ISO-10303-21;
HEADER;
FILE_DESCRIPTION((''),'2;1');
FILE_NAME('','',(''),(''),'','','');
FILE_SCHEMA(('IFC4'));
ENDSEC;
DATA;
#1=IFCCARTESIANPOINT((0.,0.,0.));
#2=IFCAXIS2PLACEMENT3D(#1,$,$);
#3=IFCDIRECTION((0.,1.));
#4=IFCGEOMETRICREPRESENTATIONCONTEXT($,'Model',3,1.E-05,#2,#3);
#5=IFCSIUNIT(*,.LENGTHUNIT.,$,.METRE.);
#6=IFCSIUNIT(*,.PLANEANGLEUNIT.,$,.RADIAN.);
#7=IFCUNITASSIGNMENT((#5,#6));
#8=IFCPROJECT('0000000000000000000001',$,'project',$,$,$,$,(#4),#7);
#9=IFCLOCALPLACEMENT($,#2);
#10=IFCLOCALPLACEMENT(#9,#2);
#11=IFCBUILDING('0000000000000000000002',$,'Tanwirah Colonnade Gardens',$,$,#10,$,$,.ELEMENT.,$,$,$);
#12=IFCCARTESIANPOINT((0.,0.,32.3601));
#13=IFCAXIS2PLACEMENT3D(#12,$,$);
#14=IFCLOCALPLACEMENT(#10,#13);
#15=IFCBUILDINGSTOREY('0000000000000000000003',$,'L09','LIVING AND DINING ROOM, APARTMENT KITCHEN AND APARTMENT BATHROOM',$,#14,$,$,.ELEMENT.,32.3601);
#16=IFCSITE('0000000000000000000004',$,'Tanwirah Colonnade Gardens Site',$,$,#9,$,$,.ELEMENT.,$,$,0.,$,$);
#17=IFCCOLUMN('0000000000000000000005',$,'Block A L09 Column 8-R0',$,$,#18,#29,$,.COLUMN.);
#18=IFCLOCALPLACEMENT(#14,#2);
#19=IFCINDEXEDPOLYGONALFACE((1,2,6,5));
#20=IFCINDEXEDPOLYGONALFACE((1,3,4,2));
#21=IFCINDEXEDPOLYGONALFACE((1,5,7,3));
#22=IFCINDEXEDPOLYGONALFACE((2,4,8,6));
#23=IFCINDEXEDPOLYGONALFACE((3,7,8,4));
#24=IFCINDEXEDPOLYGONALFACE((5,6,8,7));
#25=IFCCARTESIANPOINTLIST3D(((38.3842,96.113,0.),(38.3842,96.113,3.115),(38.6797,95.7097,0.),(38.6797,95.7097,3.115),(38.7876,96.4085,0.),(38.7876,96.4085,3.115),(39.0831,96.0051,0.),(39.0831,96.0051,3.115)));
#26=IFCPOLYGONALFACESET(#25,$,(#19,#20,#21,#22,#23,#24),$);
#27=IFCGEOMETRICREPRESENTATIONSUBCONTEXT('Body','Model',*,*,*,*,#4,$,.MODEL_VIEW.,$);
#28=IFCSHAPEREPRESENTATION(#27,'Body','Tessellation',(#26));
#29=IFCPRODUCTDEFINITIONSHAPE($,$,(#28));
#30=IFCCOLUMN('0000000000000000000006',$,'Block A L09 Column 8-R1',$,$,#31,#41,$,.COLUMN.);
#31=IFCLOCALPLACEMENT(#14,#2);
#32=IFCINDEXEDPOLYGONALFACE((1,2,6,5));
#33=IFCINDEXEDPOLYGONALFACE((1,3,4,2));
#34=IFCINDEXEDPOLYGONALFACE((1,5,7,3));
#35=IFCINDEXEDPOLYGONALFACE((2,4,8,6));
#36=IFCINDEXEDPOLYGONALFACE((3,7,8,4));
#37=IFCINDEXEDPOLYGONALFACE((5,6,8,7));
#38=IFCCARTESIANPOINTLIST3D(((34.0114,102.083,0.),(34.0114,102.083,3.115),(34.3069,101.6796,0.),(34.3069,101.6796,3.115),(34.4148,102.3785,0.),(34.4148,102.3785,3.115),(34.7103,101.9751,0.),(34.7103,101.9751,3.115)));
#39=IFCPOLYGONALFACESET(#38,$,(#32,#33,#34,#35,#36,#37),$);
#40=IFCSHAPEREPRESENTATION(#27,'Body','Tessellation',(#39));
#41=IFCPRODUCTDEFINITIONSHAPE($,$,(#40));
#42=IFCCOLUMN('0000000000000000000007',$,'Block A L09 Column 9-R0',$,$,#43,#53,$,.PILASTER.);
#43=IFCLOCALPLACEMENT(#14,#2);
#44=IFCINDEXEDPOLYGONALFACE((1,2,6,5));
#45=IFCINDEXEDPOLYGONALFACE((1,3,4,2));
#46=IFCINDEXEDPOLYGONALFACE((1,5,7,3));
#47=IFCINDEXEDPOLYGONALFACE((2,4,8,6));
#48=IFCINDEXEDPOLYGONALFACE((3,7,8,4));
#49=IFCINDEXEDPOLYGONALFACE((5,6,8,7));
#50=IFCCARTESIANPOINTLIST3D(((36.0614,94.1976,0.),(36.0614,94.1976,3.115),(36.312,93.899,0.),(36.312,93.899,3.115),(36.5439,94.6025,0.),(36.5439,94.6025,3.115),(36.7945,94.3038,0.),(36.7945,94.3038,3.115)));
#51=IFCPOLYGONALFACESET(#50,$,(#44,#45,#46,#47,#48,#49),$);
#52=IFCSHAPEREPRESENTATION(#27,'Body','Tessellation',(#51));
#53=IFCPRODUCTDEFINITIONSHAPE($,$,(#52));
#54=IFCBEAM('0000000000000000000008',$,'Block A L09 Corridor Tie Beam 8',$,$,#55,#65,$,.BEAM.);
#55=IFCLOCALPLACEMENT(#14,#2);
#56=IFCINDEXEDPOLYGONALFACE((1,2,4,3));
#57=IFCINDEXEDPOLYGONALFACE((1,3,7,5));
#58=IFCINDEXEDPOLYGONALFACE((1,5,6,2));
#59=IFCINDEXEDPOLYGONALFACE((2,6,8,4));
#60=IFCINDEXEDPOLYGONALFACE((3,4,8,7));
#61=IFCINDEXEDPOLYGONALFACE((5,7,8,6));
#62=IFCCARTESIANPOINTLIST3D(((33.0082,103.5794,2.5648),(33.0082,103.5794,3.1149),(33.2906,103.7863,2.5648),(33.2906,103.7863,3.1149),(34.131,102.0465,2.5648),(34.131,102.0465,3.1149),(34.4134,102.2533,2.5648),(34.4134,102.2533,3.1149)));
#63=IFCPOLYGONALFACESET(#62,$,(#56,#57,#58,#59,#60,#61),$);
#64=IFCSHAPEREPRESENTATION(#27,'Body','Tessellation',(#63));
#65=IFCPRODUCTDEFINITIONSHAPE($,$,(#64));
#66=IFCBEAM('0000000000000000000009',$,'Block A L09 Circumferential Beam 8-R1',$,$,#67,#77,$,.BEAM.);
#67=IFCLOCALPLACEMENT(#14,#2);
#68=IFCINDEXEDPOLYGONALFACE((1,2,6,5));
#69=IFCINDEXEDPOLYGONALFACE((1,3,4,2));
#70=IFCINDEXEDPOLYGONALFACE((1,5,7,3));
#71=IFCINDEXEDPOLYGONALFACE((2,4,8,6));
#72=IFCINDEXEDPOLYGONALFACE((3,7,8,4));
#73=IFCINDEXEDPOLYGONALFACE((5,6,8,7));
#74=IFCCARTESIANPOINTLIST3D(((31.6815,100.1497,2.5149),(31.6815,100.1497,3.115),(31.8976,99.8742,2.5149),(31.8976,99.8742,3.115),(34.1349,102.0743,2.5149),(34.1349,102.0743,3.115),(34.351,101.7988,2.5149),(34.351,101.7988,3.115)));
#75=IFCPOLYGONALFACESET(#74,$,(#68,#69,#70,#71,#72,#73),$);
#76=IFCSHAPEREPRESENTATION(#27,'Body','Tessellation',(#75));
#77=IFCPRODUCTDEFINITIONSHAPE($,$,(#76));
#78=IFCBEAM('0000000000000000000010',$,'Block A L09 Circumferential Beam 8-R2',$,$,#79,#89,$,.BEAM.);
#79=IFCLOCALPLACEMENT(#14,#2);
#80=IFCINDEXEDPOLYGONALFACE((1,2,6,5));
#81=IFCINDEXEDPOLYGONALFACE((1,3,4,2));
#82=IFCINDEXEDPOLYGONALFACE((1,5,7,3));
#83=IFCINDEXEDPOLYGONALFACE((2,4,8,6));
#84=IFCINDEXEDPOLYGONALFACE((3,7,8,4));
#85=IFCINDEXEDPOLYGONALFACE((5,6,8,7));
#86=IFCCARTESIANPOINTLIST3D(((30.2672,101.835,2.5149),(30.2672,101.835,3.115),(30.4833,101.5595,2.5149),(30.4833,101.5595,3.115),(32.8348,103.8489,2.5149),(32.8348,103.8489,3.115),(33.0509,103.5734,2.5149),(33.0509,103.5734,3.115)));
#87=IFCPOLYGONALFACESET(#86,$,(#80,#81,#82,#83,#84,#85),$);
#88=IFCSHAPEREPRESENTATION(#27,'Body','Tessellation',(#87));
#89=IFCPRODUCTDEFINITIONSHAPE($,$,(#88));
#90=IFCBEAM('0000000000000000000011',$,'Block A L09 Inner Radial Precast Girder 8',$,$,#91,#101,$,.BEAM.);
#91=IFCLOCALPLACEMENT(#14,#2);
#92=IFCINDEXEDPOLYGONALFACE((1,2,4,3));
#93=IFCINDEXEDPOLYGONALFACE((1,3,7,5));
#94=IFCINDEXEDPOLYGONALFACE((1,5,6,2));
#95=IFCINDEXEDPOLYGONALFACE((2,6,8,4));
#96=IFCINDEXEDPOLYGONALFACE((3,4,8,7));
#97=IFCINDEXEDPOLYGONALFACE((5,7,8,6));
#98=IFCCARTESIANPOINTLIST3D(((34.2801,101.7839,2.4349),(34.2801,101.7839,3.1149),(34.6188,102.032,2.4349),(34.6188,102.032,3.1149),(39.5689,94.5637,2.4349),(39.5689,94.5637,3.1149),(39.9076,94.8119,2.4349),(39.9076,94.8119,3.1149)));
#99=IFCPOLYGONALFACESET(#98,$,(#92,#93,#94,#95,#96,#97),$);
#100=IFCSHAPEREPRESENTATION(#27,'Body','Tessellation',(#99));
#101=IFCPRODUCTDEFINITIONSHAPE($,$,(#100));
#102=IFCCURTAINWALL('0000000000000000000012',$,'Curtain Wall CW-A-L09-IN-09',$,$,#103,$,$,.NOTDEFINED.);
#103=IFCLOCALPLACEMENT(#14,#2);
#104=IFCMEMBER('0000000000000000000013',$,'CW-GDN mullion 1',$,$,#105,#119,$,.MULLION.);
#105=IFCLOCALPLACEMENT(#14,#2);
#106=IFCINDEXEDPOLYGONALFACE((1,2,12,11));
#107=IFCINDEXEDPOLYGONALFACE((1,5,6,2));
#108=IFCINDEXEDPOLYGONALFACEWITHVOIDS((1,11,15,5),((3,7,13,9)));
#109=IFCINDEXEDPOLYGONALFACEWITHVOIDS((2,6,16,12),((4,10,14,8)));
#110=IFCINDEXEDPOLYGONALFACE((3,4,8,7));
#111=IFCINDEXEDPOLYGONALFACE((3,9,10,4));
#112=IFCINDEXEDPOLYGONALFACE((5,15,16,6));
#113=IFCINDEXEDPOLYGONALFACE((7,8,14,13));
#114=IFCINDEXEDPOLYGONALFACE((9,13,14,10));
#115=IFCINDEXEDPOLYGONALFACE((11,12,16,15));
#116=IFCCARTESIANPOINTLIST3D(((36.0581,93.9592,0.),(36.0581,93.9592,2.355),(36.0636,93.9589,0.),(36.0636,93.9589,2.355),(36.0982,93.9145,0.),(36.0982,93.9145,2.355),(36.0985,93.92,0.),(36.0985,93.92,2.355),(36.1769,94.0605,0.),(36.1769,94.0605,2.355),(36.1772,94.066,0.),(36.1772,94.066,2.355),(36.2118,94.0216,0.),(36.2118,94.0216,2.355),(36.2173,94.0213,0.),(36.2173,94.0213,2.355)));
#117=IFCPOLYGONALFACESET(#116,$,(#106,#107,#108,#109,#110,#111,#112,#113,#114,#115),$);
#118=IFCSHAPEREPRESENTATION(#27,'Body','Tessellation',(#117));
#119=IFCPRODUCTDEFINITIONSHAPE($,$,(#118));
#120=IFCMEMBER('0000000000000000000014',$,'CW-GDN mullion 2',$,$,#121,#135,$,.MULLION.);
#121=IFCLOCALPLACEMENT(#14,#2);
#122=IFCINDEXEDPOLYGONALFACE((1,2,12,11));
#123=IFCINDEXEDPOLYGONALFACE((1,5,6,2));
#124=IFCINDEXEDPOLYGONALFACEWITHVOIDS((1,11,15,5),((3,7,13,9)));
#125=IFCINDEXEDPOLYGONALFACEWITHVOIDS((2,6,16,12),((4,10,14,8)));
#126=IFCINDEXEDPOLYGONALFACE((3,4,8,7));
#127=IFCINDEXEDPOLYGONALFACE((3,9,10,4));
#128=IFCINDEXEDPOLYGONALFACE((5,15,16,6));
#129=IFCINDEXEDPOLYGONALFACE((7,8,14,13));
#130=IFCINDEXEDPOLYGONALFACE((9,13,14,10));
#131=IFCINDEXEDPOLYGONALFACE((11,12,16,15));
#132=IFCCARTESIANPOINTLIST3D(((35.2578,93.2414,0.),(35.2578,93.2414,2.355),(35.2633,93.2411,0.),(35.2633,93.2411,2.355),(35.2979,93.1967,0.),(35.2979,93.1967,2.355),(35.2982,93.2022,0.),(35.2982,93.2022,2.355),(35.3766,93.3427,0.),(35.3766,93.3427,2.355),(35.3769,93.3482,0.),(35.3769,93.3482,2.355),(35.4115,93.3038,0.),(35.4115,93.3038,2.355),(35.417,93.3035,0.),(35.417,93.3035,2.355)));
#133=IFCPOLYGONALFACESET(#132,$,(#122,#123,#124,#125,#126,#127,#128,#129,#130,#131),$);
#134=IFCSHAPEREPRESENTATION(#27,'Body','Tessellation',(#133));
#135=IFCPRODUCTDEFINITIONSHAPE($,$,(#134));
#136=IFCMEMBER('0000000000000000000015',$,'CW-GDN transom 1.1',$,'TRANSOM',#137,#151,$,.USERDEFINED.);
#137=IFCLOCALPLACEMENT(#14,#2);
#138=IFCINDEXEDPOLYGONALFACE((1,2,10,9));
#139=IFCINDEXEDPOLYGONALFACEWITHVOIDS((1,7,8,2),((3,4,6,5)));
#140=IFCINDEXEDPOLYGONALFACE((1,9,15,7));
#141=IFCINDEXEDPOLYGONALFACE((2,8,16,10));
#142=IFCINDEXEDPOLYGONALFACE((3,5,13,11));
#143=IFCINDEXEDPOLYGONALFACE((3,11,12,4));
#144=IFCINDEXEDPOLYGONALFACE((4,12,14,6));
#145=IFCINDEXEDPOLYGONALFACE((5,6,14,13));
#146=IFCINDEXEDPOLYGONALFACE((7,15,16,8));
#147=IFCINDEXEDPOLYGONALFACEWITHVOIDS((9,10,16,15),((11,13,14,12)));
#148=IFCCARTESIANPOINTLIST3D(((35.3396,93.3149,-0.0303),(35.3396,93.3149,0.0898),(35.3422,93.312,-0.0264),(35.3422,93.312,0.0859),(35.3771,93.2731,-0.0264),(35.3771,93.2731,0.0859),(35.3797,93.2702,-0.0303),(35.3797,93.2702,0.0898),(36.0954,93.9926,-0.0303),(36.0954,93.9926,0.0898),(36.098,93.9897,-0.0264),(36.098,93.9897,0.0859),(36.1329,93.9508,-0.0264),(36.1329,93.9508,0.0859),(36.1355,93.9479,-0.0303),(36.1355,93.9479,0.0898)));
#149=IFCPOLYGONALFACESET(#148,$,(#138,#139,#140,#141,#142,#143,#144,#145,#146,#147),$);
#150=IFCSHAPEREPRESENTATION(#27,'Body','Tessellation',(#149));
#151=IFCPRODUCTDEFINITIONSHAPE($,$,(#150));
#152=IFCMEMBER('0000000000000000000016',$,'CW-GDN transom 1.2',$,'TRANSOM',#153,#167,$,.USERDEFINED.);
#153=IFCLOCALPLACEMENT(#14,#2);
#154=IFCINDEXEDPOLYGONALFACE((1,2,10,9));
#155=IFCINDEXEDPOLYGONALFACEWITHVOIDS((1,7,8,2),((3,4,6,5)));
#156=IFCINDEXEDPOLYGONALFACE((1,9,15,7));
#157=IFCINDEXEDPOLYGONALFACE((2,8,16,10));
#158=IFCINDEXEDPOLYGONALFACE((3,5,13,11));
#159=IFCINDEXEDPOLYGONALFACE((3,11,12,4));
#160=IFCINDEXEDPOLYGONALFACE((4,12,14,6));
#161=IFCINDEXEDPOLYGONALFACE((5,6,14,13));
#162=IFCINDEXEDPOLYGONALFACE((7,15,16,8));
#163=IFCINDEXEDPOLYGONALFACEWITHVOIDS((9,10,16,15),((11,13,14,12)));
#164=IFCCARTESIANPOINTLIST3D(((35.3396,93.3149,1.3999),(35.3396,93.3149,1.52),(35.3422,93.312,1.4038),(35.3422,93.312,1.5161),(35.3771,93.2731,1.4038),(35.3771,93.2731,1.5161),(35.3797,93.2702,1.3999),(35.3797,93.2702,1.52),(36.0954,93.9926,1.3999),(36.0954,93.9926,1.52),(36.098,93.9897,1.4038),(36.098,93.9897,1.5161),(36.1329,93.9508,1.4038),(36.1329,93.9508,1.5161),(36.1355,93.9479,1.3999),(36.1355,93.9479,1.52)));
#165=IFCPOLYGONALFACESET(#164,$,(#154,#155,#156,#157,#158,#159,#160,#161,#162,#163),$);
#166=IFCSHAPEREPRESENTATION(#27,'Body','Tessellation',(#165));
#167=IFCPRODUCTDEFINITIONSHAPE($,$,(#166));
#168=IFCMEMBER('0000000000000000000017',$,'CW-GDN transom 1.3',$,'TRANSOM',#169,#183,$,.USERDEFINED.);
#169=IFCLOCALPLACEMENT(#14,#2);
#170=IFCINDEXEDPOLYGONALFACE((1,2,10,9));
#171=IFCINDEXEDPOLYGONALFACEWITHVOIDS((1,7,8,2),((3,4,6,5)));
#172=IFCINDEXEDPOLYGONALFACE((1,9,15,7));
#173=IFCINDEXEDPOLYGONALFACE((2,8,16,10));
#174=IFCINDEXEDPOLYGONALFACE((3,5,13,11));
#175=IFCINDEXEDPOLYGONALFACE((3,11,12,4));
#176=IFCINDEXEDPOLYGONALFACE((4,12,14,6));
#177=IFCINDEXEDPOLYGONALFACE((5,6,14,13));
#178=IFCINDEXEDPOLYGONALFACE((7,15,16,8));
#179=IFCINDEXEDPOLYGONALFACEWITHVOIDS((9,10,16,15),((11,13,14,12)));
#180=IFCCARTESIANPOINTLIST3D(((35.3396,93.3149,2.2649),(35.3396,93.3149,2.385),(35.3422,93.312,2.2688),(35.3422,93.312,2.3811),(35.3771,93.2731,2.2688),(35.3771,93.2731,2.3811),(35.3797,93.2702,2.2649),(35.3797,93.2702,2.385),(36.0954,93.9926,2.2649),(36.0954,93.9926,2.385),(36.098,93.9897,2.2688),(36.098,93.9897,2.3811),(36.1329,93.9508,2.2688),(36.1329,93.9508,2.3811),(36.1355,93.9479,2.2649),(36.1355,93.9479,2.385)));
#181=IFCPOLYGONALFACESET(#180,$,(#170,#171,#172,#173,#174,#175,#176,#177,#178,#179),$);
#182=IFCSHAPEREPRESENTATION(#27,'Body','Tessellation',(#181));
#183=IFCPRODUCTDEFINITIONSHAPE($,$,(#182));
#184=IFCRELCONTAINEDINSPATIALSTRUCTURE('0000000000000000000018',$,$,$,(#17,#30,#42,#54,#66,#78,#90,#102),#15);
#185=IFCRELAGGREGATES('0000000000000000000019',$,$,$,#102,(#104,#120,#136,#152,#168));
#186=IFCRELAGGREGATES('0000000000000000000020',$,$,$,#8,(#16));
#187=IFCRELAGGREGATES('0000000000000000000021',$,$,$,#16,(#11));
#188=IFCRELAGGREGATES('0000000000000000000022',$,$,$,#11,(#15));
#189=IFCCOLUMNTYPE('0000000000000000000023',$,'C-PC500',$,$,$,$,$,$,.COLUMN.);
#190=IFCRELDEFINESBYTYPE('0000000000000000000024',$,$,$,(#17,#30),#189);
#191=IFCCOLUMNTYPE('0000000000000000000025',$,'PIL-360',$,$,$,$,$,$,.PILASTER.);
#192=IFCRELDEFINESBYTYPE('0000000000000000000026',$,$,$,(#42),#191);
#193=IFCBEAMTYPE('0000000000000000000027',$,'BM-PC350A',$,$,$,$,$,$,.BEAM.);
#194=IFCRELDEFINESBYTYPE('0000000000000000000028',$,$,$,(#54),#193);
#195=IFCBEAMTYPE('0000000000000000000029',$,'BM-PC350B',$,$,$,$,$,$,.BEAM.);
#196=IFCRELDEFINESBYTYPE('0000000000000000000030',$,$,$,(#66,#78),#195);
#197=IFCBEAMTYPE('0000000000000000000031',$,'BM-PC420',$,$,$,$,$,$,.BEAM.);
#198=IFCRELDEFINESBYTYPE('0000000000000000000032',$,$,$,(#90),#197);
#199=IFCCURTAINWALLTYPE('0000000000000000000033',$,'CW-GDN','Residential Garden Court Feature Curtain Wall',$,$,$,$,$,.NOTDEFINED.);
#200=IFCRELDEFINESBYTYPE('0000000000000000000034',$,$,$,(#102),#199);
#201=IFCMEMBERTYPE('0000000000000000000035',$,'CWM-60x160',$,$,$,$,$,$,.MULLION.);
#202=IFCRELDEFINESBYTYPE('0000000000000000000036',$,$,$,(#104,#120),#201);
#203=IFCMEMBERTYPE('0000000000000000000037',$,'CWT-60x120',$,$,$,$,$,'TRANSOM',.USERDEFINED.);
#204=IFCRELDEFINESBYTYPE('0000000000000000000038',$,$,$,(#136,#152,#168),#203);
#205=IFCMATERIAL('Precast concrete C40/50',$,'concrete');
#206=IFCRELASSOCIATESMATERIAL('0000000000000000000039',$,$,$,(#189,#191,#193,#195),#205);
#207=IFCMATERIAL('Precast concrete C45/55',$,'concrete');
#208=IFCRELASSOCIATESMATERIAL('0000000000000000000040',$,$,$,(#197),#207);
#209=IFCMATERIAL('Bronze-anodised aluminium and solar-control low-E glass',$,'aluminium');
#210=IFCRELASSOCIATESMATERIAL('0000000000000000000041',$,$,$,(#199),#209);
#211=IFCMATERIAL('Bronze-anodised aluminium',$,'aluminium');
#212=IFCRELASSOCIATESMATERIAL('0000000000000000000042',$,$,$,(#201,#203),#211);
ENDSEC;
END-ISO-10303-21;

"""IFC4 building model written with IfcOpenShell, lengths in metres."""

from ifc_helpers import new_model, si_unit, direction, frame, origin, origin_2d, place, context, subcontext, project, spatial, rectangle, hollow_rectangle, extrude, material, material_profile, profile_set, type_object, element, aggregate, save


model = new_model("IFC4")

# Units and contexts
model_context = context("Model", 3, precision=1e-05, world=origin(), true_north=direction((0.0, 1.0)))
body_context = subcontext(model_context, "Body", "Model", "MODEL_VIEW")
ifc_project = project(units=[si_unit("LENGTHUNIT", "METRE"), si_unit("PLANEANGLEUNIT", "RADIAN")], contexts=[model_context])

# Site, building, storey
site_placement = place(None, origin())
site = spatial("IfcSite", under=ifc_project, at=site_placement, Name="Tanwirah Colonnade Gardens Site", CompositionType="ELEMENT", RefElevation=0.0)
building_placement = place(site_placement, origin())
building = spatial("IfcBuilding", under=site, at=building_placement, Name="Tanwirah Colonnade Gardens", CompositionType="ELEMENT")
storey_placement = place(building_placement, frame((0.0, 0.0, 32.3601)))
storey = spatial("IfcBuildingStorey", under=building, at=storey_placement, Name="L09", Description="LIVING AND DINING ROOM, APARTMENT KITCHEN AND APARTMENT BATHROOM", CompositionType="ELEMENT", Elevation=32.3601)

# Columns
ifc_material_1 = material(Name="Precast concrete C40/50", Category="concrete")
ifc_material_profile_1 = material_profile(ifc_material_1, rectangle(XDim=0.5, YDim=0.5, at=origin_2d()), Name="PC-COL 500x500")
ifc_profile_set_1 = profile_set([ifc_material_profile_1], Name="Precast concrete C40/50")
column_type_1 = type_object("IfcColumnType", Name="C-PC500", PredefinedType="COLUMN", material=ifc_profile_set_1)
for number, where, z_axis, x_axis, name in (
    (1, (38.7336, 96.0591, 0.0), (0.0, 0.0, 1.0), (-0.590919, 0.806731, 0.0), "Block A L09 Column 8-R0"),
    (2, (34.3608, 102.0291, 0.0), (0.0, 0.0, 1.0), (-0.590919, 0.806731, 0.0), "Block A L09 Column 8-R1"),
):
    element("IfcColumn", number, at=place(storey_placement, frame(where, z_axis=z_axis, x_axis=x_axis)), inside=storey, type_object=column_type_1, Name=name, PredefinedType="COLUMN", context=body_context, shape_type="SweptSolid", body=[
        extrude(rectangle(XDim=0.5, YDim=0.5, at=origin_2d()), origin(), (0.0, 0.0, 1.0), 3.115),
    ])
ifc_material_profile_2 = material_profile(ifc_material_1, rectangle(XDim=0.3899, YDim=0.6299, at=origin_2d()), Name="PC-PIL 390x630")
ifc_profile_set_2 = profile_set([ifc_material_profile_2], Name="Precast concrete C40/50")
column_type_2 = type_object("IfcColumnType", Name="PIL-360", PredefinedType="PILASTER", material=ifc_profile_set_2)
column_placement = place(storey_placement, frame((36.428, 94.2507, 0.0), z_axis=(0.0, 0.0, 1.0), x_axis=(-0.642788, 0.766044, 0.0)))
element("IfcColumn", 3, at=column_placement, inside=storey, type_object=column_type_2, Name="Block A L09 Column 9-R0", PredefinedType="PILASTER", context=body_context, shape_type="SweptSolid", body=[
    extrude(rectangle(XDim=0.3899, YDim=0.6299, at=origin_2d()), origin(), (0.0, 0.0, 1.0), 3.115),
])

# Beams
ifc_material_profile_3 = material_profile(ifc_material_1, rectangle(XDim=0.3501, YDim=0.55, at=origin_2d()), Name="PC-BM 350x550")
ifc_profile_set_3 = profile_set([ifc_material_profile_3], Name="Precast concrete C40/50")
beam_type_1 = type_object("IfcBeamType", Name="BM-PC350A", PredefinedType="BEAM", material=ifc_profile_set_3)
beam_1_placement = place(storey_placement, frame((34.2722, 102.1499, 2.8398), z_axis=(-0.590896, 0.806748, 0.0), x_axis=(-0.806748, -0.590896, 0.0)))
element("IfcBeam", 4, at=beam_1_placement, inside=storey, type_object=beam_type_1, Name="Block A L09 Corridor Tie Beam 8", PredefinedType="BEAM", context=body_context, shape_type="SweptSolid", body=[
    extrude(rectangle(XDim=0.3501, YDim=0.55, at=origin_2d()), origin(), (0.0, 0.0, 1.0), 1.9001),
])
ifc_material_profile_4 = material_profile(ifc_material_1, rectangle(XDim=0.3501, YDim=0.6001, at=origin_2d()), Name="PC-BM 350x600")
ifc_profile_set_4 = profile_set([ifc_material_profile_4], Name="Precast concrete C40/50")
beam_type_2 = type_object("IfcBeamType", Name="BM-PC350B", PredefinedType="BEAM", material=ifc_profile_set_4)
beam_2_placement = place(storey_placement, frame((34.2429, 101.9365, 2.8149), z_axis=(-0.786799, -0.617209, 0.0), x_axis=(0.617209, -0.786799, 0.0)))
element("IfcBeam", 5, at=beam_2_placement, inside=storey, type_object=beam_type_2, Name="Block A L09 Circumferential Beam 8-R1", PredefinedType="BEAM", context=body_context, shape_type="SweptSolid", body=[
    extrude(rectangle(XDim=0.3501, YDim=0.6001, at=origin_2d()), origin(), (0.0, 0.0, 1.0), 3.1182),
])
beam_3_placement = place(storey_placement, frame((32.9429, 103.7112, 2.8149), z_axis=(-0.78684, -0.617157, 0.0), x_axis=(0.617157, -0.78684, 0.0)))
element("IfcBeam", 6, at=beam_3_placement, inside=storey, type_object=beam_type_2, Name="Block A L09 Circumferential Beam 8-R2", PredefinedType="BEAM", context=body_context, shape_type="SweptSolid", body=[
    extrude(rectangle(XDim=0.3501, YDim=0.6001, at=origin_2d()), origin(), (0.0, 0.0, 1.0), 3.2632),
])
ifc_material_2 = material(Name="Precast concrete C45/55", Category="concrete")
ifc_material_profile_5 = material_profile(ifc_material_2, rectangle(XDim=0.4199, YDim=0.6799, at=origin_2d()), Name="PC-BM 420x680")
ifc_profile_set_5 = profile_set([ifc_material_profile_5], Name="Precast concrete C45/55")
beam_type_3 = type_object("IfcBeamType", Name="BM-PC420", PredefinedType="BEAM", material=ifc_profile_set_5)
beam_4_placement = place(storey_placement, frame((34.4495, 101.908, 2.7749), z_axis=(0.590927, -0.806725, 0.0), x_axis=(0.806725, 0.590927, 0.0)))
element("IfcBeam", 7, at=beam_4_placement, inside=storey, type_object=beam_type_3, Name="Block A L09 Inner Radial Precast Girder 8", PredefinedType="BEAM", context=body_context, shape_type="SweptSolid", body=[
    extrude(rectangle(XDim=0.4199, YDim=0.6799, at=origin_2d()), origin(), (0.0, 0.0, 1.0), 8.95),
])

# Curtain wall, members
ifc_material_3 = material(Name="Bronze-anodised aluminium and solar-control low-E glass", Category="aluminium")
curtain_wall_type = type_object("IfcCurtainWallType", Name="CW-GDN", Description="Residential Garden Court Feature Curtain Wall", PredefinedType="NOTDEFINED", material=ifc_material_3)
curtain_wall_placement = place(storey_placement, origin())
curtain_wall = element("IfcCurtainWall", 8, at=curtain_wall_placement, inside=storey, type_object=curtain_wall_type, Name="Curtain Wall CW-A-L09-IN-09", PredefinedType="NOTDEFINED")
ifc_material_4 = material(Name="Bronze-anodised aluminium", Category="aluminium")
ifc_material_profile_6 = material_profile(ifc_material_4, hollow_rectangle(XDim=0.0601, YDim=0.1599, WallThickness=0.0039, at=origin_2d()), Name="CW-MUL 60x160x4")
ifc_profile_set_6 = profile_set([ifc_material_profile_6], Name="Bronze-anodised aluminium")
member_type_1 = type_object("IfcMemberType", Name="CWM-60x160", PredefinedType="MULLION", material=ifc_profile_set_6)
member_1_placement = place(storey_placement, frame((36.1377, 93.9902, 0.0), z_axis=(0.0, 0.0, 1.0), x_axis=(0.667689, -0.74444, 0.0)))
member_1 = element("IfcMember", 9, at=member_1_placement, type_object=member_type_1, Name="CW-GDN mullion 1", PredefinedType="MULLION", context=body_context, shape_type="SweptSolid", body=[
    extrude(hollow_rectangle(XDim=0.0601, YDim=0.1599, WallThickness=0.0039, at=origin_2d()), origin(), (0.0, 0.0, 1.0), 2.355),
])
member_2_placement = place(storey_placement, frame((35.3374, 93.2725, 0.0), z_axis=(0.0, 0.0, 1.0), x_axis=(0.667689, -0.74444, 0.0)))
member_2 = element("IfcMember", 10, at=member_2_placement, type_object=member_type_1, Name="CW-GDN mullion 2", PredefinedType="MULLION", context=body_context, shape_type="SweptSolid", body=[
    extrude(hollow_rectangle(XDim=0.0601, YDim=0.1599, WallThickness=0.0039, at=origin_2d()), origin(), (0.0, 0.0, 1.0), 2.355),
])
ifc_material_profile_7 = material_profile(ifc_material_4, hollow_rectangle(XDim=0.0601, YDim=0.1201, WallThickness=0.0039, at=origin_2d()), Name="CW-TRN 60x120x4")
ifc_profile_set_7 = profile_set([ifc_material_profile_7], Name="Bronze-anodised aluminium")
member_type_2 = type_object("IfcMemberType", Name="CWT-60x120", ElementType="TRANSOM", PredefinedType="USERDEFINED", material=ifc_profile_set_7)
member_3_placement = place(storey_placement, frame((36.1155, 93.9702, 0.0298), z_axis=(-0.744536, -0.667582, 0.0), x_axis=(0.667582, -0.744536, 0.0)))
member_3 = element("IfcMember", 11, at=member_3_placement, type_object=member_type_2, Name="CW-GDN transom 1.1", ObjectType="TRANSOM", PredefinedType="USERDEFINED", context=body_context, shape_type="SweptSolid", body=[
    extrude(hollow_rectangle(XDim=0.0601, YDim=0.1201, WallThickness=0.0039, at=origin_2d()), origin(), (0.0, 0.0, 1.0), 1.0151),
])
member_4_placement = place(storey_placement, frame((36.1155, 93.9702, 1.46), z_axis=(-0.744536, -0.667582, 0.0), x_axis=(0.667582, -0.744536, 0.0)))
member_4 = element("IfcMember", 12, at=member_4_placement, type_object=member_type_2, Name="CW-GDN transom 1.2", ObjectType="TRANSOM", PredefinedType="USERDEFINED", context=body_context, shape_type="SweptSolid", body=[
    extrude(hollow_rectangle(XDim=0.0601, YDim=0.1201, WallThickness=0.0039, at=origin_2d()), origin(), (0.0, 0.0, 1.0), 1.0151),
])
member_5_placement = place(storey_placement, frame((36.1155, 93.9702, 2.325), z_axis=(-0.744536, -0.667582, 0.0), x_axis=(0.667582, -0.744536, 0.0)))
member_5 = element("IfcMember", 13, at=member_5_placement, type_object=member_type_2, Name="CW-GDN transom 1.3", ObjectType="TRANSOM", PredefinedType="USERDEFINED", context=body_context, shape_type="SweptSolid", body=[
    extrude(hollow_rectangle(XDim=0.0601, YDim=0.1201, WallThickness=0.0039, at=origin_2d()), origin(), (0.0, 0.0, 1.0), 1.0151),
])

aggregate(curtain_wall, [member_1, member_2, member_3, member_4, member_5])

save(model, "model.ifc")
